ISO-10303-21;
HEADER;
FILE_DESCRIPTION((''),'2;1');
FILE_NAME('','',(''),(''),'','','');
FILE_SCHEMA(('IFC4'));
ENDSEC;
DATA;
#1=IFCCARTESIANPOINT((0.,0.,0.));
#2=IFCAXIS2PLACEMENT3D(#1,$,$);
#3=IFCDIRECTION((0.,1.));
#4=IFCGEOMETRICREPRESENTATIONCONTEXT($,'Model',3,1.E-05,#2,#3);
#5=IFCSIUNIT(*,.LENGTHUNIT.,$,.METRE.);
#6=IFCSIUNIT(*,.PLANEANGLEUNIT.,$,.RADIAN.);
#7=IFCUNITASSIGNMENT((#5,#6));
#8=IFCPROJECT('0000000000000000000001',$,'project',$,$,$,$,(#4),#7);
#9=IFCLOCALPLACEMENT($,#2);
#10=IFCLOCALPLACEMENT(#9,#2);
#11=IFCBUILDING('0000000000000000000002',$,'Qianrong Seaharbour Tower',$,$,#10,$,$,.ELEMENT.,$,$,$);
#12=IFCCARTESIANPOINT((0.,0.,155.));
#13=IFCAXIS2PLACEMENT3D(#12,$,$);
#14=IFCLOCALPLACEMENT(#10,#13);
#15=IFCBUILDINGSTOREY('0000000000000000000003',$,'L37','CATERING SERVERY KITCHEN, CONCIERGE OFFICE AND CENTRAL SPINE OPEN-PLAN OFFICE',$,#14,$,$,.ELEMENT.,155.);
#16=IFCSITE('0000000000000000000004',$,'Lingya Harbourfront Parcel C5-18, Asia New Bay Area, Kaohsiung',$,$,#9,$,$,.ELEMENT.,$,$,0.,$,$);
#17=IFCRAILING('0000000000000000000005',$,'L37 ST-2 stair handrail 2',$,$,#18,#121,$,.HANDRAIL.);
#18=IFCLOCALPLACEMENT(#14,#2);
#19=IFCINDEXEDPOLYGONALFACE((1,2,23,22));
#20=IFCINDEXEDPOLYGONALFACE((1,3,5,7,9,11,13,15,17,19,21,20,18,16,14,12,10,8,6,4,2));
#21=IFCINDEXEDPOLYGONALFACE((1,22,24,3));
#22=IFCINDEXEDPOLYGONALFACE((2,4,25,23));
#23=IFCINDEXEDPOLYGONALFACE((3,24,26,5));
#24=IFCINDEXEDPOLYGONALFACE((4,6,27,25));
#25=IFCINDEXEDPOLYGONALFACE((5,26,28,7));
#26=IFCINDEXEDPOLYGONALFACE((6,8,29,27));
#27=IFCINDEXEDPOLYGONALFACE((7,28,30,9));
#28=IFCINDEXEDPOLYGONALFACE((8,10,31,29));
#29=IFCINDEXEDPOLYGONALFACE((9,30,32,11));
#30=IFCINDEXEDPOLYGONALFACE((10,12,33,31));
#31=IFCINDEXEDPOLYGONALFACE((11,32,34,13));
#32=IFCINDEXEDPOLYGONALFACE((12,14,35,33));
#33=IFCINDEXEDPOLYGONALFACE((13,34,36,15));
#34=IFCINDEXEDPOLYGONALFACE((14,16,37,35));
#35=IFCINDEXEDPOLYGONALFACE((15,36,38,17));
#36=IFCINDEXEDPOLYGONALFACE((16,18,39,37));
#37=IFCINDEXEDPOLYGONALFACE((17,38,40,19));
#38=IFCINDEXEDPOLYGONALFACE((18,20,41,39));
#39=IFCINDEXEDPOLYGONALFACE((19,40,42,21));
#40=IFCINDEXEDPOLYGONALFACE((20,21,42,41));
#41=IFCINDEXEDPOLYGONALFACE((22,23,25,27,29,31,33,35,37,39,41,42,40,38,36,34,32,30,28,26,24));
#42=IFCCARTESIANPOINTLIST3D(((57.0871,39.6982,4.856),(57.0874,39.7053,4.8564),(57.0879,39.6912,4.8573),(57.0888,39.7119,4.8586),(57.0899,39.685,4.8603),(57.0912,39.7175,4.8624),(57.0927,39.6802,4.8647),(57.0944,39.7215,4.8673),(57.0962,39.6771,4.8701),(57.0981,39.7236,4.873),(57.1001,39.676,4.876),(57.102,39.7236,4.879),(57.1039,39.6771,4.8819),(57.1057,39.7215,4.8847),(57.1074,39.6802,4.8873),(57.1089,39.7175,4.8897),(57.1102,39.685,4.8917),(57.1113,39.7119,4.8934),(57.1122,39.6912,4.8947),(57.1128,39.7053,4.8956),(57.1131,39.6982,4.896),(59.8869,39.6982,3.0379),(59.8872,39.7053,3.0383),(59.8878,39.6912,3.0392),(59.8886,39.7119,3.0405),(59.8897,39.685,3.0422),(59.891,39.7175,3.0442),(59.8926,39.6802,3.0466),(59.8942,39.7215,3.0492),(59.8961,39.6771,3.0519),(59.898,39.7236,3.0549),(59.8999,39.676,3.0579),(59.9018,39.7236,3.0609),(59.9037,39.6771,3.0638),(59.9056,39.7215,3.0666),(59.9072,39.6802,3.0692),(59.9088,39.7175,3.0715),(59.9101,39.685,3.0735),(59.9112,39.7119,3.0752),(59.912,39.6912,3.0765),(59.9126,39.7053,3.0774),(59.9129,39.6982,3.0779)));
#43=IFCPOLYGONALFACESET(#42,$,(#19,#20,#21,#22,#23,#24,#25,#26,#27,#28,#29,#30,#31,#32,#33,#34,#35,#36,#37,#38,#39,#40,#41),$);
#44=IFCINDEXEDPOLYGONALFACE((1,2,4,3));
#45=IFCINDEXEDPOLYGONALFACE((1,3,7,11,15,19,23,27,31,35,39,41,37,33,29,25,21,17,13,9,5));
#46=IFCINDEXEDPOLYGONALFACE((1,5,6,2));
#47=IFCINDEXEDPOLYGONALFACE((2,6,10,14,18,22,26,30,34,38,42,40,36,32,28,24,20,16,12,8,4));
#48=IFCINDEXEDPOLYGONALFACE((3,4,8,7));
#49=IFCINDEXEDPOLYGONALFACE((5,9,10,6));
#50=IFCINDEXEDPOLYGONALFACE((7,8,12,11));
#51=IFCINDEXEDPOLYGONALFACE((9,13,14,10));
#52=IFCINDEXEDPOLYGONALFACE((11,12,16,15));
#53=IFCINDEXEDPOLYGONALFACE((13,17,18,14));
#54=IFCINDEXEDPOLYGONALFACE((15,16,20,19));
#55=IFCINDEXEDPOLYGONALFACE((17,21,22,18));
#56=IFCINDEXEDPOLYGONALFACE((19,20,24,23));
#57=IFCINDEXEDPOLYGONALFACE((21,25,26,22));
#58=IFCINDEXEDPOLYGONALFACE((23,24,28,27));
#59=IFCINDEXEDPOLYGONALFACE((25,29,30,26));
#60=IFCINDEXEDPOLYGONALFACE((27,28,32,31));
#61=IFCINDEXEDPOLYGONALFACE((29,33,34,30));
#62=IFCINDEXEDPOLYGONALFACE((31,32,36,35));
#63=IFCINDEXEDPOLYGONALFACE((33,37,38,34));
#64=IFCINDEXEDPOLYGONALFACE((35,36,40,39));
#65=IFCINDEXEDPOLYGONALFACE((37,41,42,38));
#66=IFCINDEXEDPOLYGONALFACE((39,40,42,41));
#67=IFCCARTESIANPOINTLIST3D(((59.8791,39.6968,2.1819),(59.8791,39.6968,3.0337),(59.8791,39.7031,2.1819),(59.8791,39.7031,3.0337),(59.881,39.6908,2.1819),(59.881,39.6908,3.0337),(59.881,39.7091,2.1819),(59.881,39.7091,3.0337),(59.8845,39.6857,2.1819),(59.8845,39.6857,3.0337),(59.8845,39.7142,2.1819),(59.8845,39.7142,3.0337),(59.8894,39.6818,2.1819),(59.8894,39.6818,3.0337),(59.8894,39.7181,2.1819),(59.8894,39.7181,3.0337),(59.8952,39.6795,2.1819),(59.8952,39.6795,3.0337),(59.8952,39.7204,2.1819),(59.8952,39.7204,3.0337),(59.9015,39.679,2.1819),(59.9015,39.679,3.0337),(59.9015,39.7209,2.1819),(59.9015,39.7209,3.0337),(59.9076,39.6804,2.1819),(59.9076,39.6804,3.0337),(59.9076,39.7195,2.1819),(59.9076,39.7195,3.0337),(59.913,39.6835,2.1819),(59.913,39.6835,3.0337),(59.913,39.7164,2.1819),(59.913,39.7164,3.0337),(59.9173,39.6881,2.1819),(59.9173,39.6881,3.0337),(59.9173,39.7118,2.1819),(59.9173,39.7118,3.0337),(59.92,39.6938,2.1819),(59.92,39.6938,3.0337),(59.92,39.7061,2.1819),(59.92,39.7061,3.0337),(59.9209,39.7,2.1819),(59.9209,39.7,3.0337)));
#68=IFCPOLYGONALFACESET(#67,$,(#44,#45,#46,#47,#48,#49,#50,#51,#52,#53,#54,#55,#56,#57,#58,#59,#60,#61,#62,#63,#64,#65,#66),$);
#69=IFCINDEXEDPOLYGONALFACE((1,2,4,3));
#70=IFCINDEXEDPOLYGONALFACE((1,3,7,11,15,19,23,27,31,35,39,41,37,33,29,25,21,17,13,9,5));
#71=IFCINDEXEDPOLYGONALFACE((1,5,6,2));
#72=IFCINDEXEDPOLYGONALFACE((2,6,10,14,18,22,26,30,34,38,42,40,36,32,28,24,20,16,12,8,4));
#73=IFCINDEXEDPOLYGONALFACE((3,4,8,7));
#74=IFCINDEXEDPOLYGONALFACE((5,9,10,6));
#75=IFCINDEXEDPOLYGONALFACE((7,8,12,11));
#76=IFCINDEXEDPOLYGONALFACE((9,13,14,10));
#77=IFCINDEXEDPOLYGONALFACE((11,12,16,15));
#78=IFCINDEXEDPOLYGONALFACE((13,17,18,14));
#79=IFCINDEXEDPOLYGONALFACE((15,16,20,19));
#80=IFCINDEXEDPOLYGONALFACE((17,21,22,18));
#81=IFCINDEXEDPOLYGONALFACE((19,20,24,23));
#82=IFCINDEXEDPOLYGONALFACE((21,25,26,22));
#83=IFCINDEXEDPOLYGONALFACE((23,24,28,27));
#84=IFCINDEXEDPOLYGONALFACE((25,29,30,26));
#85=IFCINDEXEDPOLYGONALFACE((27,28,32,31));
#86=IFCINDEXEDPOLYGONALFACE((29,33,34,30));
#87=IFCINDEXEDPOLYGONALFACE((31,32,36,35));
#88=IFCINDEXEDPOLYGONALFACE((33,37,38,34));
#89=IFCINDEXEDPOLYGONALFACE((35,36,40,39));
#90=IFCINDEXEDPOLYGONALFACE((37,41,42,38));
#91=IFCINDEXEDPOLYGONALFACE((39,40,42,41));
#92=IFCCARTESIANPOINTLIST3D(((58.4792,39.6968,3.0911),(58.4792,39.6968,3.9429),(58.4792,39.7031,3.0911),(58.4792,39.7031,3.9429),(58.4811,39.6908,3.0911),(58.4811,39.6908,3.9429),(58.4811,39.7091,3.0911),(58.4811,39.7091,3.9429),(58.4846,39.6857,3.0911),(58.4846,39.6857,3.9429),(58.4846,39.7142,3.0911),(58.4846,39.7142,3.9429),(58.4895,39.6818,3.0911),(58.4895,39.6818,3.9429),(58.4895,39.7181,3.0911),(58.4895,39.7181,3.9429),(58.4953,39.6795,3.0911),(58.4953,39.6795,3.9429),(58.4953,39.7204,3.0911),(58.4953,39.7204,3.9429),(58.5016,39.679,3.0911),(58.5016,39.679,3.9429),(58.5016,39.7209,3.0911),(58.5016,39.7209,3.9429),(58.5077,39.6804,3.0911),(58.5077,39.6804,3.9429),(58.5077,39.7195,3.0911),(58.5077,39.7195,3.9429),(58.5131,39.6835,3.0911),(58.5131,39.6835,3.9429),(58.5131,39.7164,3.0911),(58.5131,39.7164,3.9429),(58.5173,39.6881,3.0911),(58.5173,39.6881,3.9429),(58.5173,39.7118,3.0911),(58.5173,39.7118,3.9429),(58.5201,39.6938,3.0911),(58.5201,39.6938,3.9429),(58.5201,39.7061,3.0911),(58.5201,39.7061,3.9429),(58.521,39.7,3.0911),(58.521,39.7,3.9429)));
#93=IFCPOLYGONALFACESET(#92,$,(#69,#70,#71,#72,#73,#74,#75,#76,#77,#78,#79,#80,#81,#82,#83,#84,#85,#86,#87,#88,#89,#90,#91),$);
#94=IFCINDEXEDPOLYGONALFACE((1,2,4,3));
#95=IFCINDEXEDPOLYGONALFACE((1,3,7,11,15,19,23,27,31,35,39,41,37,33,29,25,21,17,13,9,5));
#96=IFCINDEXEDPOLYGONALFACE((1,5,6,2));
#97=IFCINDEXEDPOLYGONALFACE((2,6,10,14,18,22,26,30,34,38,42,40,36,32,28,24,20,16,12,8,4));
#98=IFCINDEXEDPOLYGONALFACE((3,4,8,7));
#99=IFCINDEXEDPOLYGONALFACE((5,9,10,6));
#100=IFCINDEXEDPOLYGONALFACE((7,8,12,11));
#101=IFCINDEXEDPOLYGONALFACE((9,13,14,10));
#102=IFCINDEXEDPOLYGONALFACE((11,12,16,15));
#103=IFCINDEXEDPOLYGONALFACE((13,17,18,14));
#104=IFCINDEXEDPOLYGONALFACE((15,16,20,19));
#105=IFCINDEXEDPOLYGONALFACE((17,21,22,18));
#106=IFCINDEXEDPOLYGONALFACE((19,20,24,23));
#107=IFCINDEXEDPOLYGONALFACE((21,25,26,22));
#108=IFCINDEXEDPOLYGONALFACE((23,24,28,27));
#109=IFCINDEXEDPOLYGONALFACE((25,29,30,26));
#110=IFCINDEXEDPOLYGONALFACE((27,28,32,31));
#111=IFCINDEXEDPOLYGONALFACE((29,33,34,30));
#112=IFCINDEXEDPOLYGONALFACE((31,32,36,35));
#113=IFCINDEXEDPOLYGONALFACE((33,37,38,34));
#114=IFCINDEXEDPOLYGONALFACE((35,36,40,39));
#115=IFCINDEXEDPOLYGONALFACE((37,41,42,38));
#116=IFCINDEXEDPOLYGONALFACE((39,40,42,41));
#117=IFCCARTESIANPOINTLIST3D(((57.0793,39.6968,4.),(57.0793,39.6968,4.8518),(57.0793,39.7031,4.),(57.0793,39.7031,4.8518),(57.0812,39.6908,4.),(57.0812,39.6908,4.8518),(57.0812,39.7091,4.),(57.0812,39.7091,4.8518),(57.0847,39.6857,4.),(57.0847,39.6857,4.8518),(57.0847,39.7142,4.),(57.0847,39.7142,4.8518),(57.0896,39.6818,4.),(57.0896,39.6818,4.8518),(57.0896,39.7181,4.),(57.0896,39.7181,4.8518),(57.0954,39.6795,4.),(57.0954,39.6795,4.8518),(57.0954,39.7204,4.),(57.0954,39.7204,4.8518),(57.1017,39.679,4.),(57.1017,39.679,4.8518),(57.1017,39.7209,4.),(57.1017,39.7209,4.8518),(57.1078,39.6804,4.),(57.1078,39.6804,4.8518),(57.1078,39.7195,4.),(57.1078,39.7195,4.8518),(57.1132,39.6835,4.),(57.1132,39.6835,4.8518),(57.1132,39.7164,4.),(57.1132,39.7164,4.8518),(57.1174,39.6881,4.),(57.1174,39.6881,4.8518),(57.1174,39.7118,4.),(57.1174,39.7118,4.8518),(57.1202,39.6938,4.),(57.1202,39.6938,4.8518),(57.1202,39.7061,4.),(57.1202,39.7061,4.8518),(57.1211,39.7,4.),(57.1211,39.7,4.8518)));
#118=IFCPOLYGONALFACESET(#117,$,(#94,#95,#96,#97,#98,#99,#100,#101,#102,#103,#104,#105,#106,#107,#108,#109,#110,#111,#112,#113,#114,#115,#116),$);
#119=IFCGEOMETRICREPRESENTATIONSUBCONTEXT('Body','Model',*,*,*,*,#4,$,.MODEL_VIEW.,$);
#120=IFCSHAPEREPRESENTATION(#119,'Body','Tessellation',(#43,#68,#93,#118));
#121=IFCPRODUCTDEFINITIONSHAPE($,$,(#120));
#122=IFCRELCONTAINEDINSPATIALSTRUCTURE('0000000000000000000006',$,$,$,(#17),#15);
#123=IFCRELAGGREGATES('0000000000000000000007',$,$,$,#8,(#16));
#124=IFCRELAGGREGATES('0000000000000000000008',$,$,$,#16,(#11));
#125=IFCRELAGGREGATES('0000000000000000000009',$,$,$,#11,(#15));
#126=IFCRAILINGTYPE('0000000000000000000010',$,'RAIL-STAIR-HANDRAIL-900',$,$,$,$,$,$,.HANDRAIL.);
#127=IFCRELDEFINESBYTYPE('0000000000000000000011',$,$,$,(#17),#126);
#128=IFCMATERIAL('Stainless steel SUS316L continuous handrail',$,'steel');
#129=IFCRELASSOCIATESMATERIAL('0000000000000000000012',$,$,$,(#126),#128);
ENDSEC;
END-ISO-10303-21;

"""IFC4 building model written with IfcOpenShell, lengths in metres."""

from ifc_helpers import new_model, si_unit, direction, frame, origin, origin_2d, place, context, subcontext, project, spatial, circle, extrude, material, type_object, element, save


model = new_model("IFC4")

# Units and contexts
model_context = context("Model", 3, precision=1e-05, world=origin(), true_north=direction((0.0, 1.0)))
body_context = subcontext(model_context, "Body", "Model", "MODEL_VIEW")
ifc_project = project(units=[si_unit("LENGTHUNIT", "METRE"), si_unit("PLANEANGLEUNIT", "RADIAN")], contexts=[model_context])

# Site, building, storey
site_placement = place(None, origin())
site = spatial("IfcSite", under=ifc_project, at=site_placement, Name="Lingya Harbourfront Parcel C5-18, Asia New Bay Area, Kaohsiung", CompositionType="ELEMENT", RefElevation=0.0)
building_placement = place(site_placement, origin())
building = spatial("IfcBuilding", under=site, at=building_placement, Name="Qianrong Seaharbour Tower", CompositionType="ELEMENT")
storey_placement = place(building_placement, frame((0.0, 0.0, 155.0)))
storey = spatial("IfcBuildingStorey", under=building, at=storey_placement, Name="L37", Description="CATERING SERVERY KITCHEN, CONCIERGE OFFICE AND CENTRAL SPINE OPEN-PLAN OFFICE", CompositionType="ELEMENT", Elevation=155.0)

# Railing
ifc_material_1 = material(Name="Stainless steel SUS316L continuous handrail", Category="steel")
railing_type_1 = type_object("IfcRailingType", Name="RAIL-STAIR-HANDRAIL-900", PredefinedType="HANDRAIL", material=ifc_material_1)
railing_1_placement = place(storey_placement, frame((59.8999, 39.7, 2.1819)))
element("IfcRailing", 1, at=railing_1_placement, inside=storey, type_object=railing_type_1, Name="L37 ST-2 stair handrail 2", PredefinedType="HANDRAIL", context=body_context, shape_type="SweptSolid", body=[
    extrude(circle(Radius=0.0239, at=origin_2d()), frame((0.0, 0.0, 0.876), z_axis=(-0.838684, 0.0, 0.544618), x_axis=(0.0, -1.0, 0.0)), (0.0, 0.0, 1.0), 3.3384),
    extrude(circle(Radius=0.021, at=origin_2d()), origin(), (0.0, 0.0, 1.0), 0.8518),
    extrude(circle(Radius=0.021, at=origin_2d()), frame((-1.3999, 0.0, 0.9092)), (0.0, 0.0, 1.0), 0.8518),
    extrude(circle(Radius=0.021, at=origin_2d()), frame((-2.7998, 0.0, 1.8181)), (0.0, 0.0, 1.0), 0.8518),
])

save(model, "model.ifc")
